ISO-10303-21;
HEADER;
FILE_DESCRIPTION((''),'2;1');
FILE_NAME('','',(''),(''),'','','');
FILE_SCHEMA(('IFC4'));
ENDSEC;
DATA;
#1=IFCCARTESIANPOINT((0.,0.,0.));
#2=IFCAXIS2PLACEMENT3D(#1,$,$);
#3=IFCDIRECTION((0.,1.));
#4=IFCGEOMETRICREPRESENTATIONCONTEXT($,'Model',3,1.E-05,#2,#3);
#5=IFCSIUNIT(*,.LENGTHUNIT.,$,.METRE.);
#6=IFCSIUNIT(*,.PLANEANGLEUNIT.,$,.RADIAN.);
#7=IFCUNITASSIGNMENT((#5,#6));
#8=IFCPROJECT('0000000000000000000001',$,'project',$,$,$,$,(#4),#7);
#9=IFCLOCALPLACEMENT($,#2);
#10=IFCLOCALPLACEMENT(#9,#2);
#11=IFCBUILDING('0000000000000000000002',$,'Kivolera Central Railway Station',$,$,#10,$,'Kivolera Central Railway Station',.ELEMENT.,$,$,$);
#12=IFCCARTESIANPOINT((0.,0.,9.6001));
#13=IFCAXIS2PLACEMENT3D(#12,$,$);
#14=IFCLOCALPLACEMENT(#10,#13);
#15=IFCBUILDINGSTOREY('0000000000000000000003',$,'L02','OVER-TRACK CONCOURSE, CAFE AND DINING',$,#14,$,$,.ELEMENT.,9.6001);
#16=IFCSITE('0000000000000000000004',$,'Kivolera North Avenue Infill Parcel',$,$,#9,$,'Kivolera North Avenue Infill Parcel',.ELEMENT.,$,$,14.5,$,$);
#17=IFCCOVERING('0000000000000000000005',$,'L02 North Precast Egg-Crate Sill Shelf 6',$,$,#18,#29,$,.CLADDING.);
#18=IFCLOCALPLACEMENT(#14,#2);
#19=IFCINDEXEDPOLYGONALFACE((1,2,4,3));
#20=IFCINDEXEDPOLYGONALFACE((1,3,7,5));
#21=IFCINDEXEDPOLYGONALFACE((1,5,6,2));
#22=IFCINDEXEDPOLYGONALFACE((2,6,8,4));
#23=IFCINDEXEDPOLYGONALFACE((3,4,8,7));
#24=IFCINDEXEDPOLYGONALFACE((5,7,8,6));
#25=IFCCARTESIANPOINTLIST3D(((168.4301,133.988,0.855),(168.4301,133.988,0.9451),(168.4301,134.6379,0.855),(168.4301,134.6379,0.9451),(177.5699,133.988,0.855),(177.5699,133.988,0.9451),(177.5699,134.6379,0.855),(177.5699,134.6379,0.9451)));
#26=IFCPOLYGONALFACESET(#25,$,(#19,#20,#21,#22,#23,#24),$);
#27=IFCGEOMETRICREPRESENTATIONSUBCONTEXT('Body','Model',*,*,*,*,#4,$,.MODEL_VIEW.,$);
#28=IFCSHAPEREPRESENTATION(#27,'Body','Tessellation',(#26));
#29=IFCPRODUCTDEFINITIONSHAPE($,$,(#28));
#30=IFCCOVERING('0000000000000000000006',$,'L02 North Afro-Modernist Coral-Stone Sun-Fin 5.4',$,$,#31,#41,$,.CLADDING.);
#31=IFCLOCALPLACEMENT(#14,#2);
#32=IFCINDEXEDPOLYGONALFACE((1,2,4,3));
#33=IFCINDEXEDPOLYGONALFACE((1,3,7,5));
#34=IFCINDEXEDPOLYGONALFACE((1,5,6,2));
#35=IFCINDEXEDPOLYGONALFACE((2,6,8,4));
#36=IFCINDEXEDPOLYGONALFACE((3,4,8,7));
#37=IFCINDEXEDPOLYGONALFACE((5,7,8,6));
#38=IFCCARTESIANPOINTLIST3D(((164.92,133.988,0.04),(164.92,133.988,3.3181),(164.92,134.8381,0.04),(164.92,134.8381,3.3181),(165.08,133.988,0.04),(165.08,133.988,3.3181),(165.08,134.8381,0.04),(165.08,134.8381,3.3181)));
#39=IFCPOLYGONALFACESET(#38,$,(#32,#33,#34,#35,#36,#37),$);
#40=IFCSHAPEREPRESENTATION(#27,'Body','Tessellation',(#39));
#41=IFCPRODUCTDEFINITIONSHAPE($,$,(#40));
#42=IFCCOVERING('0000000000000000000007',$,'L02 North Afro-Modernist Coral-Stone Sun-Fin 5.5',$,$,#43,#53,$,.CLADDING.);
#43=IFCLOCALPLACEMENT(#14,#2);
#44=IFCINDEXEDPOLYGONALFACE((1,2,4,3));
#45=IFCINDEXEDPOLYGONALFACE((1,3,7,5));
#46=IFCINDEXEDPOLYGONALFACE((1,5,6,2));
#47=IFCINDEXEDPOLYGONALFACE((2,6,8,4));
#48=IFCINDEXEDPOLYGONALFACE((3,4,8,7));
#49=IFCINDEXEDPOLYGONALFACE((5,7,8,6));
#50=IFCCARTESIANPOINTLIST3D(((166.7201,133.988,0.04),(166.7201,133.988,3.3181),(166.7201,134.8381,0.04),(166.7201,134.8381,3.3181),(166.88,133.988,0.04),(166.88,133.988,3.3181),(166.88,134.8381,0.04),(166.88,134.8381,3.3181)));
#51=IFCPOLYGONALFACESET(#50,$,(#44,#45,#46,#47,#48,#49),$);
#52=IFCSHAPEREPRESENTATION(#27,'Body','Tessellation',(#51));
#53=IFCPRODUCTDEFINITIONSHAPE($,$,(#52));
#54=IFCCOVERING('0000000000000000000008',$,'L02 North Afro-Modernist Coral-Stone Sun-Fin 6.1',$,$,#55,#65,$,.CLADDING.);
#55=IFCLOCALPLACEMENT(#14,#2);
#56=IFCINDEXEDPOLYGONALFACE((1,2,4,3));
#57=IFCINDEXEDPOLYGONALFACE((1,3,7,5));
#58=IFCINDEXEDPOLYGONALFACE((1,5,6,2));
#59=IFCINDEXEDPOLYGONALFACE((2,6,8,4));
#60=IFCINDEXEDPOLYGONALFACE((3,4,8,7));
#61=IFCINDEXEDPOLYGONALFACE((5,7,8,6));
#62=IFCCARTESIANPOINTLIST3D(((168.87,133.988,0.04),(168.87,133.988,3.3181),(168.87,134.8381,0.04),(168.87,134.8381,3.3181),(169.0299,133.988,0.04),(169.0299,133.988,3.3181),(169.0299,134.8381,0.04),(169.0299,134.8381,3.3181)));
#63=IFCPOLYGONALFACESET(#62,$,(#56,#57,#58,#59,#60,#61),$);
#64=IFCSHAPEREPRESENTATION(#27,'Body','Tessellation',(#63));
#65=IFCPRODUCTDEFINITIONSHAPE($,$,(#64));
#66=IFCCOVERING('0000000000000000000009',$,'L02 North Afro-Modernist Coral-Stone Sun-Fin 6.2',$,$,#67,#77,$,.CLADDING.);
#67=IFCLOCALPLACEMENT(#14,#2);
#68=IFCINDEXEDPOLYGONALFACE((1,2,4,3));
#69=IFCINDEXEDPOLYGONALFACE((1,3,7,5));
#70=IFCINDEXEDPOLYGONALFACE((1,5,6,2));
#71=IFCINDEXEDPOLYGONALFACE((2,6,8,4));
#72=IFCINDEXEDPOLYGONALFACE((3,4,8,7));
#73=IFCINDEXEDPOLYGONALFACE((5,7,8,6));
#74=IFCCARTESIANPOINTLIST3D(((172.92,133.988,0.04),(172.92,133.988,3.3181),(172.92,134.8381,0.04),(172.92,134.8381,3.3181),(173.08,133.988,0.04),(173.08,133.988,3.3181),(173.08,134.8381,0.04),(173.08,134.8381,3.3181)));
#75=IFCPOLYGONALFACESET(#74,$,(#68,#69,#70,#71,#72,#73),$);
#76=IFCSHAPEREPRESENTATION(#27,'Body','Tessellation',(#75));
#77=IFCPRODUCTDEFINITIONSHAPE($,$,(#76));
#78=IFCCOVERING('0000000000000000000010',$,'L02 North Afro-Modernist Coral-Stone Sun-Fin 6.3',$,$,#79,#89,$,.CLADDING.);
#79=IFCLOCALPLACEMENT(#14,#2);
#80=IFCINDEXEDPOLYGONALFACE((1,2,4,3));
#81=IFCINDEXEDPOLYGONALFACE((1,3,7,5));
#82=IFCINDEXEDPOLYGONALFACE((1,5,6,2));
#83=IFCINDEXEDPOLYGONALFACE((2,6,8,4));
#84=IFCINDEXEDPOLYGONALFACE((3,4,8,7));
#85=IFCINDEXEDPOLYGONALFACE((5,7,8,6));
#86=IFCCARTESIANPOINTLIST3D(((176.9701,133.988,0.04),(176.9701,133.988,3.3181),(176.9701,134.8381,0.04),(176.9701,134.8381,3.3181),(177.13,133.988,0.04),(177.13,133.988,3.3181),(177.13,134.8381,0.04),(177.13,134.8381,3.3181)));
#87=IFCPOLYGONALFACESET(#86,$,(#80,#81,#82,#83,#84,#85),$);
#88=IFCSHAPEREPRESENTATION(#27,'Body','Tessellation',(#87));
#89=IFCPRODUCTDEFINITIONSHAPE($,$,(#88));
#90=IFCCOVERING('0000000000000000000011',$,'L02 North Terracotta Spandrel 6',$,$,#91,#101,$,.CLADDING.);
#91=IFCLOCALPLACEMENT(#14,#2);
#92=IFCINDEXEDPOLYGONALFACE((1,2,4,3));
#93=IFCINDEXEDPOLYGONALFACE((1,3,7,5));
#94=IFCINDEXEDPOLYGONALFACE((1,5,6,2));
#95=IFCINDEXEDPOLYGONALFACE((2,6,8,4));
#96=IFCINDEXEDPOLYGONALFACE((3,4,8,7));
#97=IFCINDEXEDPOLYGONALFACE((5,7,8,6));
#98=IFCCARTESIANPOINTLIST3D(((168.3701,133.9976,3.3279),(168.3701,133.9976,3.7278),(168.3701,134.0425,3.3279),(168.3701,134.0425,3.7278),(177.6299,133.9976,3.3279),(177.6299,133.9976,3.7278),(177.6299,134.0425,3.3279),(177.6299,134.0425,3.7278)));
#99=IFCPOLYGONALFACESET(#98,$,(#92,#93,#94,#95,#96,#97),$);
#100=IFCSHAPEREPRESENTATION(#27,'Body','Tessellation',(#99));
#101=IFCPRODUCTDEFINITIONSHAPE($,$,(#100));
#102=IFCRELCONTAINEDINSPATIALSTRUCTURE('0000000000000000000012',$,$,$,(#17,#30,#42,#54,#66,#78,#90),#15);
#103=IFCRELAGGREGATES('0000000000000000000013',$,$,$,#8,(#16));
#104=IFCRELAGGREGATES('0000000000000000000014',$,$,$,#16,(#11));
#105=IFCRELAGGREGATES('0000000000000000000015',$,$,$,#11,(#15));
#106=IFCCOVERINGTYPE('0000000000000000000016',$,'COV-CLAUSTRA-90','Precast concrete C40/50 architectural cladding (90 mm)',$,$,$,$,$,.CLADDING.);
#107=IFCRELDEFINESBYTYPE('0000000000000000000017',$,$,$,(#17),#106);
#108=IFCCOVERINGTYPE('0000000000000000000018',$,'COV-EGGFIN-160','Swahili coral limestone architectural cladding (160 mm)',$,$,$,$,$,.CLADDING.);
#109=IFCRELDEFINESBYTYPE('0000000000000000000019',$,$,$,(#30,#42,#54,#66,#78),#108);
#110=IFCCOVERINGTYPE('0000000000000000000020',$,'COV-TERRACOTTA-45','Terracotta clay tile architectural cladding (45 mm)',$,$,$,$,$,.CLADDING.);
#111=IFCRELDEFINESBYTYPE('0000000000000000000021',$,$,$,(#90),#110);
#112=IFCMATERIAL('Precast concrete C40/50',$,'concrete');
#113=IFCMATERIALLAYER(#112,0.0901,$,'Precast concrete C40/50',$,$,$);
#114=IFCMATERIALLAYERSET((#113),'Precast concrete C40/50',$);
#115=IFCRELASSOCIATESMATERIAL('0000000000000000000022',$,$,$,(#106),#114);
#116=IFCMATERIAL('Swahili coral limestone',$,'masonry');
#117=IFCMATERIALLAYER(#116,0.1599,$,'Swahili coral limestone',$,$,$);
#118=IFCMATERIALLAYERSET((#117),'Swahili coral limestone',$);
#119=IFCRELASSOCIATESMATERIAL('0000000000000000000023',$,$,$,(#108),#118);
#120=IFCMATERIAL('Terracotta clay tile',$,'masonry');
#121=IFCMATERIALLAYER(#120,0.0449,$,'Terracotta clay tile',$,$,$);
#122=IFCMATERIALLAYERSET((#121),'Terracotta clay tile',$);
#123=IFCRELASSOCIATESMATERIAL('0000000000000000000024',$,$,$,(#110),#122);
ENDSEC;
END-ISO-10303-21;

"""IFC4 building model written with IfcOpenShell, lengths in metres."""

from ifc_helpers import new_model, si_unit, direction, frame, frame_2d, origin, origin_2d, place, context, subcontext, project, spatial, rectangle, extrude, material, layer, layer_set, type_object, element, save


model = new_model("IFC4")

# Units and contexts
model_context = context("Model", 3, precision=1e-05, world=origin(), true_north=direction((0.0, 1.0)))
body_context = subcontext(model_context, "Body", "Model", "MODEL_VIEW")
ifc_project = project(units=[si_unit("LENGTHUNIT", "METRE"), si_unit("PLANEANGLEUNIT", "RADIAN")], contexts=[model_context])

# Site, building, storey
site_placement = place(None, origin())
site = spatial("IfcSite", under=ifc_project, at=site_placement, Name="Kivolera North Avenue Infill Parcel", LongName="Kivolera North Avenue Infill Parcel", CompositionType="ELEMENT", RefElevation=14.5)
building_placement = place(site_placement, origin())
building = spatial("IfcBuilding", under=site, at=building_placement, Name="Kivolera Central Railway Station", LongName="Kivolera Central Railway Station", CompositionType="ELEMENT")
storey_placement = place(building_placement, frame((0.0, 0.0, 9.6001)))
storey = spatial("IfcBuildingStorey", under=building, at=storey_placement, Name="L02", Description="OVER-TRACK CONCOURSE, CAFE AND DINING", CompositionType="ELEMENT", Elevation=9.6001)

# Shared definitions
ifc_material_1 = material(Name="Swahili coral limestone", Category="masonry")

# Shared definitions
ifc_material_2 = material(Name="Precast concrete C40/50", Category="concrete")

# Coverings
ifc_layer_1 = layer(ifc_material_2, 0.0901, Name="Precast concrete C40/50")
ifc_layer_set_1 = layer_set([ifc_layer_1], Name="Precast concrete C40/50")
covering_type_1 = type_object("IfcCoveringType", Name="COV-CLAUSTRA-90", Description="Precast concrete C40/50 architectural cladding (90 mm)", PredefinedType="CLADDING", material=ifc_layer_set_1)
covering_1_placement = place(storey_placement, frame((173.0, 134.313, 0.855), z_axis=(0.0, 0.0, 1.0), x_axis=(1.0, 0.0, 0.0)))
element("IfcCovering", 1, at=covering_1_placement, inside=storey, type_object=covering_type_1, Name="L02 North Precast Egg-Crate Sill Shelf 6", PredefinedType="CLADDING", context=body_context, shape_type="SweptSolid", body=[
    extrude(rectangle(XDim=9.1399, YDim=0.6499, at=origin_2d()), origin(), (0.0, 0.0, 1.0), 0.0901),
])
ifc_layer_2 = layer(ifc_material_1, 0.1599, Name="Swahili coral limestone")
ifc_layer_set_2 = layer_set([ifc_layer_2], Name="Swahili coral limestone")
covering_type_2 = type_object("IfcCoveringType", Name="COV-EGGFIN-160", Description="Swahili coral limestone architectural cladding (160 mm)", PredefinedType="CLADDING", material=ifc_layer_set_2)
for number, where, z_axis, x_axis, name in (
    (2, (165.0, 134.4131, 0.04), (0.0, 0.0, 1.0), (1.0, 0.0, 0.0), "L02 North Afro-Modernist Coral-Stone Sun-Fin 5.4"),
    (3, (166.8, 134.4131, 0.04), (0.0, 0.0, 1.0), (1.0, 0.0, 0.0), "L02 North Afro-Modernist Coral-Stone Sun-Fin 5.5"),
    (4, (168.95, 134.4131, 0.04), (0.0, 0.0, 1.0), (1.0, 0.0, 0.0), "L02 North Afro-Modernist Coral-Stone Sun-Fin 6.1"),
    (5, (173.0, 134.4131, 0.04), (0.0, 0.0, 1.0), (1.0, 0.0, 0.0), "L02 North Afro-Modernist Coral-Stone Sun-Fin 6.2"),
    (6, (177.05, 134.4131, 0.04), (0.0, 0.0, 1.0), (1.0, 0.0, 0.0), "L02 North Afro-Modernist Coral-Stone Sun-Fin 6.3"),
):
    element("IfcCovering", number, at=place(storey_placement, frame(where, z_axis=z_axis, x_axis=x_axis)), inside=storey, type_object=covering_type_2, Name=name, PredefinedType="CLADDING", context=body_context, shape_type="SweptSolid", body=[
        extrude(rectangle(XDim=0.1599, YDim=0.8501, at=origin_2d()), origin(), (0.0, 0.0, 1.0), 3.2781),
    ])
ifc_material_3 = material(Name="Terracotta clay tile", Category="masonry")
ifc_layer_3 = layer(ifc_material_3, 0.0449, Name="Terracotta clay tile")
ifc_layer_set_3 = layer_set([ifc_layer_3], Name="Terracotta clay tile")
covering_type_3 = type_object("IfcCoveringType", Name="COV-TERRACOTTA-45", Description="Terracotta clay tile architectural cladding (45 mm)", PredefinedType="CLADDING", material=ifc_layer_set_3)
covering_2_placement = place(storey_placement, frame((168.3701, 134.02, 3.3279), z_axis=(0.0, 0.0, 1.0), x_axis=(1.0, 0.0, 0.0)))
element("IfcCovering", 7, at=covering_2_placement, inside=storey, type_object=covering_type_3, Name="L02 North Terracotta Spandrel 6", PredefinedType="CLADDING", context=body_context, shape_type="SweptSolid", body=[
    extrude(rectangle(XDim=9.2598, YDim=0.0449, at=frame_2d((4.6299, 0.0))), origin(), (0.0, 0.0, 1.0), 0.3999),
])

save(model, "model.ifc")
